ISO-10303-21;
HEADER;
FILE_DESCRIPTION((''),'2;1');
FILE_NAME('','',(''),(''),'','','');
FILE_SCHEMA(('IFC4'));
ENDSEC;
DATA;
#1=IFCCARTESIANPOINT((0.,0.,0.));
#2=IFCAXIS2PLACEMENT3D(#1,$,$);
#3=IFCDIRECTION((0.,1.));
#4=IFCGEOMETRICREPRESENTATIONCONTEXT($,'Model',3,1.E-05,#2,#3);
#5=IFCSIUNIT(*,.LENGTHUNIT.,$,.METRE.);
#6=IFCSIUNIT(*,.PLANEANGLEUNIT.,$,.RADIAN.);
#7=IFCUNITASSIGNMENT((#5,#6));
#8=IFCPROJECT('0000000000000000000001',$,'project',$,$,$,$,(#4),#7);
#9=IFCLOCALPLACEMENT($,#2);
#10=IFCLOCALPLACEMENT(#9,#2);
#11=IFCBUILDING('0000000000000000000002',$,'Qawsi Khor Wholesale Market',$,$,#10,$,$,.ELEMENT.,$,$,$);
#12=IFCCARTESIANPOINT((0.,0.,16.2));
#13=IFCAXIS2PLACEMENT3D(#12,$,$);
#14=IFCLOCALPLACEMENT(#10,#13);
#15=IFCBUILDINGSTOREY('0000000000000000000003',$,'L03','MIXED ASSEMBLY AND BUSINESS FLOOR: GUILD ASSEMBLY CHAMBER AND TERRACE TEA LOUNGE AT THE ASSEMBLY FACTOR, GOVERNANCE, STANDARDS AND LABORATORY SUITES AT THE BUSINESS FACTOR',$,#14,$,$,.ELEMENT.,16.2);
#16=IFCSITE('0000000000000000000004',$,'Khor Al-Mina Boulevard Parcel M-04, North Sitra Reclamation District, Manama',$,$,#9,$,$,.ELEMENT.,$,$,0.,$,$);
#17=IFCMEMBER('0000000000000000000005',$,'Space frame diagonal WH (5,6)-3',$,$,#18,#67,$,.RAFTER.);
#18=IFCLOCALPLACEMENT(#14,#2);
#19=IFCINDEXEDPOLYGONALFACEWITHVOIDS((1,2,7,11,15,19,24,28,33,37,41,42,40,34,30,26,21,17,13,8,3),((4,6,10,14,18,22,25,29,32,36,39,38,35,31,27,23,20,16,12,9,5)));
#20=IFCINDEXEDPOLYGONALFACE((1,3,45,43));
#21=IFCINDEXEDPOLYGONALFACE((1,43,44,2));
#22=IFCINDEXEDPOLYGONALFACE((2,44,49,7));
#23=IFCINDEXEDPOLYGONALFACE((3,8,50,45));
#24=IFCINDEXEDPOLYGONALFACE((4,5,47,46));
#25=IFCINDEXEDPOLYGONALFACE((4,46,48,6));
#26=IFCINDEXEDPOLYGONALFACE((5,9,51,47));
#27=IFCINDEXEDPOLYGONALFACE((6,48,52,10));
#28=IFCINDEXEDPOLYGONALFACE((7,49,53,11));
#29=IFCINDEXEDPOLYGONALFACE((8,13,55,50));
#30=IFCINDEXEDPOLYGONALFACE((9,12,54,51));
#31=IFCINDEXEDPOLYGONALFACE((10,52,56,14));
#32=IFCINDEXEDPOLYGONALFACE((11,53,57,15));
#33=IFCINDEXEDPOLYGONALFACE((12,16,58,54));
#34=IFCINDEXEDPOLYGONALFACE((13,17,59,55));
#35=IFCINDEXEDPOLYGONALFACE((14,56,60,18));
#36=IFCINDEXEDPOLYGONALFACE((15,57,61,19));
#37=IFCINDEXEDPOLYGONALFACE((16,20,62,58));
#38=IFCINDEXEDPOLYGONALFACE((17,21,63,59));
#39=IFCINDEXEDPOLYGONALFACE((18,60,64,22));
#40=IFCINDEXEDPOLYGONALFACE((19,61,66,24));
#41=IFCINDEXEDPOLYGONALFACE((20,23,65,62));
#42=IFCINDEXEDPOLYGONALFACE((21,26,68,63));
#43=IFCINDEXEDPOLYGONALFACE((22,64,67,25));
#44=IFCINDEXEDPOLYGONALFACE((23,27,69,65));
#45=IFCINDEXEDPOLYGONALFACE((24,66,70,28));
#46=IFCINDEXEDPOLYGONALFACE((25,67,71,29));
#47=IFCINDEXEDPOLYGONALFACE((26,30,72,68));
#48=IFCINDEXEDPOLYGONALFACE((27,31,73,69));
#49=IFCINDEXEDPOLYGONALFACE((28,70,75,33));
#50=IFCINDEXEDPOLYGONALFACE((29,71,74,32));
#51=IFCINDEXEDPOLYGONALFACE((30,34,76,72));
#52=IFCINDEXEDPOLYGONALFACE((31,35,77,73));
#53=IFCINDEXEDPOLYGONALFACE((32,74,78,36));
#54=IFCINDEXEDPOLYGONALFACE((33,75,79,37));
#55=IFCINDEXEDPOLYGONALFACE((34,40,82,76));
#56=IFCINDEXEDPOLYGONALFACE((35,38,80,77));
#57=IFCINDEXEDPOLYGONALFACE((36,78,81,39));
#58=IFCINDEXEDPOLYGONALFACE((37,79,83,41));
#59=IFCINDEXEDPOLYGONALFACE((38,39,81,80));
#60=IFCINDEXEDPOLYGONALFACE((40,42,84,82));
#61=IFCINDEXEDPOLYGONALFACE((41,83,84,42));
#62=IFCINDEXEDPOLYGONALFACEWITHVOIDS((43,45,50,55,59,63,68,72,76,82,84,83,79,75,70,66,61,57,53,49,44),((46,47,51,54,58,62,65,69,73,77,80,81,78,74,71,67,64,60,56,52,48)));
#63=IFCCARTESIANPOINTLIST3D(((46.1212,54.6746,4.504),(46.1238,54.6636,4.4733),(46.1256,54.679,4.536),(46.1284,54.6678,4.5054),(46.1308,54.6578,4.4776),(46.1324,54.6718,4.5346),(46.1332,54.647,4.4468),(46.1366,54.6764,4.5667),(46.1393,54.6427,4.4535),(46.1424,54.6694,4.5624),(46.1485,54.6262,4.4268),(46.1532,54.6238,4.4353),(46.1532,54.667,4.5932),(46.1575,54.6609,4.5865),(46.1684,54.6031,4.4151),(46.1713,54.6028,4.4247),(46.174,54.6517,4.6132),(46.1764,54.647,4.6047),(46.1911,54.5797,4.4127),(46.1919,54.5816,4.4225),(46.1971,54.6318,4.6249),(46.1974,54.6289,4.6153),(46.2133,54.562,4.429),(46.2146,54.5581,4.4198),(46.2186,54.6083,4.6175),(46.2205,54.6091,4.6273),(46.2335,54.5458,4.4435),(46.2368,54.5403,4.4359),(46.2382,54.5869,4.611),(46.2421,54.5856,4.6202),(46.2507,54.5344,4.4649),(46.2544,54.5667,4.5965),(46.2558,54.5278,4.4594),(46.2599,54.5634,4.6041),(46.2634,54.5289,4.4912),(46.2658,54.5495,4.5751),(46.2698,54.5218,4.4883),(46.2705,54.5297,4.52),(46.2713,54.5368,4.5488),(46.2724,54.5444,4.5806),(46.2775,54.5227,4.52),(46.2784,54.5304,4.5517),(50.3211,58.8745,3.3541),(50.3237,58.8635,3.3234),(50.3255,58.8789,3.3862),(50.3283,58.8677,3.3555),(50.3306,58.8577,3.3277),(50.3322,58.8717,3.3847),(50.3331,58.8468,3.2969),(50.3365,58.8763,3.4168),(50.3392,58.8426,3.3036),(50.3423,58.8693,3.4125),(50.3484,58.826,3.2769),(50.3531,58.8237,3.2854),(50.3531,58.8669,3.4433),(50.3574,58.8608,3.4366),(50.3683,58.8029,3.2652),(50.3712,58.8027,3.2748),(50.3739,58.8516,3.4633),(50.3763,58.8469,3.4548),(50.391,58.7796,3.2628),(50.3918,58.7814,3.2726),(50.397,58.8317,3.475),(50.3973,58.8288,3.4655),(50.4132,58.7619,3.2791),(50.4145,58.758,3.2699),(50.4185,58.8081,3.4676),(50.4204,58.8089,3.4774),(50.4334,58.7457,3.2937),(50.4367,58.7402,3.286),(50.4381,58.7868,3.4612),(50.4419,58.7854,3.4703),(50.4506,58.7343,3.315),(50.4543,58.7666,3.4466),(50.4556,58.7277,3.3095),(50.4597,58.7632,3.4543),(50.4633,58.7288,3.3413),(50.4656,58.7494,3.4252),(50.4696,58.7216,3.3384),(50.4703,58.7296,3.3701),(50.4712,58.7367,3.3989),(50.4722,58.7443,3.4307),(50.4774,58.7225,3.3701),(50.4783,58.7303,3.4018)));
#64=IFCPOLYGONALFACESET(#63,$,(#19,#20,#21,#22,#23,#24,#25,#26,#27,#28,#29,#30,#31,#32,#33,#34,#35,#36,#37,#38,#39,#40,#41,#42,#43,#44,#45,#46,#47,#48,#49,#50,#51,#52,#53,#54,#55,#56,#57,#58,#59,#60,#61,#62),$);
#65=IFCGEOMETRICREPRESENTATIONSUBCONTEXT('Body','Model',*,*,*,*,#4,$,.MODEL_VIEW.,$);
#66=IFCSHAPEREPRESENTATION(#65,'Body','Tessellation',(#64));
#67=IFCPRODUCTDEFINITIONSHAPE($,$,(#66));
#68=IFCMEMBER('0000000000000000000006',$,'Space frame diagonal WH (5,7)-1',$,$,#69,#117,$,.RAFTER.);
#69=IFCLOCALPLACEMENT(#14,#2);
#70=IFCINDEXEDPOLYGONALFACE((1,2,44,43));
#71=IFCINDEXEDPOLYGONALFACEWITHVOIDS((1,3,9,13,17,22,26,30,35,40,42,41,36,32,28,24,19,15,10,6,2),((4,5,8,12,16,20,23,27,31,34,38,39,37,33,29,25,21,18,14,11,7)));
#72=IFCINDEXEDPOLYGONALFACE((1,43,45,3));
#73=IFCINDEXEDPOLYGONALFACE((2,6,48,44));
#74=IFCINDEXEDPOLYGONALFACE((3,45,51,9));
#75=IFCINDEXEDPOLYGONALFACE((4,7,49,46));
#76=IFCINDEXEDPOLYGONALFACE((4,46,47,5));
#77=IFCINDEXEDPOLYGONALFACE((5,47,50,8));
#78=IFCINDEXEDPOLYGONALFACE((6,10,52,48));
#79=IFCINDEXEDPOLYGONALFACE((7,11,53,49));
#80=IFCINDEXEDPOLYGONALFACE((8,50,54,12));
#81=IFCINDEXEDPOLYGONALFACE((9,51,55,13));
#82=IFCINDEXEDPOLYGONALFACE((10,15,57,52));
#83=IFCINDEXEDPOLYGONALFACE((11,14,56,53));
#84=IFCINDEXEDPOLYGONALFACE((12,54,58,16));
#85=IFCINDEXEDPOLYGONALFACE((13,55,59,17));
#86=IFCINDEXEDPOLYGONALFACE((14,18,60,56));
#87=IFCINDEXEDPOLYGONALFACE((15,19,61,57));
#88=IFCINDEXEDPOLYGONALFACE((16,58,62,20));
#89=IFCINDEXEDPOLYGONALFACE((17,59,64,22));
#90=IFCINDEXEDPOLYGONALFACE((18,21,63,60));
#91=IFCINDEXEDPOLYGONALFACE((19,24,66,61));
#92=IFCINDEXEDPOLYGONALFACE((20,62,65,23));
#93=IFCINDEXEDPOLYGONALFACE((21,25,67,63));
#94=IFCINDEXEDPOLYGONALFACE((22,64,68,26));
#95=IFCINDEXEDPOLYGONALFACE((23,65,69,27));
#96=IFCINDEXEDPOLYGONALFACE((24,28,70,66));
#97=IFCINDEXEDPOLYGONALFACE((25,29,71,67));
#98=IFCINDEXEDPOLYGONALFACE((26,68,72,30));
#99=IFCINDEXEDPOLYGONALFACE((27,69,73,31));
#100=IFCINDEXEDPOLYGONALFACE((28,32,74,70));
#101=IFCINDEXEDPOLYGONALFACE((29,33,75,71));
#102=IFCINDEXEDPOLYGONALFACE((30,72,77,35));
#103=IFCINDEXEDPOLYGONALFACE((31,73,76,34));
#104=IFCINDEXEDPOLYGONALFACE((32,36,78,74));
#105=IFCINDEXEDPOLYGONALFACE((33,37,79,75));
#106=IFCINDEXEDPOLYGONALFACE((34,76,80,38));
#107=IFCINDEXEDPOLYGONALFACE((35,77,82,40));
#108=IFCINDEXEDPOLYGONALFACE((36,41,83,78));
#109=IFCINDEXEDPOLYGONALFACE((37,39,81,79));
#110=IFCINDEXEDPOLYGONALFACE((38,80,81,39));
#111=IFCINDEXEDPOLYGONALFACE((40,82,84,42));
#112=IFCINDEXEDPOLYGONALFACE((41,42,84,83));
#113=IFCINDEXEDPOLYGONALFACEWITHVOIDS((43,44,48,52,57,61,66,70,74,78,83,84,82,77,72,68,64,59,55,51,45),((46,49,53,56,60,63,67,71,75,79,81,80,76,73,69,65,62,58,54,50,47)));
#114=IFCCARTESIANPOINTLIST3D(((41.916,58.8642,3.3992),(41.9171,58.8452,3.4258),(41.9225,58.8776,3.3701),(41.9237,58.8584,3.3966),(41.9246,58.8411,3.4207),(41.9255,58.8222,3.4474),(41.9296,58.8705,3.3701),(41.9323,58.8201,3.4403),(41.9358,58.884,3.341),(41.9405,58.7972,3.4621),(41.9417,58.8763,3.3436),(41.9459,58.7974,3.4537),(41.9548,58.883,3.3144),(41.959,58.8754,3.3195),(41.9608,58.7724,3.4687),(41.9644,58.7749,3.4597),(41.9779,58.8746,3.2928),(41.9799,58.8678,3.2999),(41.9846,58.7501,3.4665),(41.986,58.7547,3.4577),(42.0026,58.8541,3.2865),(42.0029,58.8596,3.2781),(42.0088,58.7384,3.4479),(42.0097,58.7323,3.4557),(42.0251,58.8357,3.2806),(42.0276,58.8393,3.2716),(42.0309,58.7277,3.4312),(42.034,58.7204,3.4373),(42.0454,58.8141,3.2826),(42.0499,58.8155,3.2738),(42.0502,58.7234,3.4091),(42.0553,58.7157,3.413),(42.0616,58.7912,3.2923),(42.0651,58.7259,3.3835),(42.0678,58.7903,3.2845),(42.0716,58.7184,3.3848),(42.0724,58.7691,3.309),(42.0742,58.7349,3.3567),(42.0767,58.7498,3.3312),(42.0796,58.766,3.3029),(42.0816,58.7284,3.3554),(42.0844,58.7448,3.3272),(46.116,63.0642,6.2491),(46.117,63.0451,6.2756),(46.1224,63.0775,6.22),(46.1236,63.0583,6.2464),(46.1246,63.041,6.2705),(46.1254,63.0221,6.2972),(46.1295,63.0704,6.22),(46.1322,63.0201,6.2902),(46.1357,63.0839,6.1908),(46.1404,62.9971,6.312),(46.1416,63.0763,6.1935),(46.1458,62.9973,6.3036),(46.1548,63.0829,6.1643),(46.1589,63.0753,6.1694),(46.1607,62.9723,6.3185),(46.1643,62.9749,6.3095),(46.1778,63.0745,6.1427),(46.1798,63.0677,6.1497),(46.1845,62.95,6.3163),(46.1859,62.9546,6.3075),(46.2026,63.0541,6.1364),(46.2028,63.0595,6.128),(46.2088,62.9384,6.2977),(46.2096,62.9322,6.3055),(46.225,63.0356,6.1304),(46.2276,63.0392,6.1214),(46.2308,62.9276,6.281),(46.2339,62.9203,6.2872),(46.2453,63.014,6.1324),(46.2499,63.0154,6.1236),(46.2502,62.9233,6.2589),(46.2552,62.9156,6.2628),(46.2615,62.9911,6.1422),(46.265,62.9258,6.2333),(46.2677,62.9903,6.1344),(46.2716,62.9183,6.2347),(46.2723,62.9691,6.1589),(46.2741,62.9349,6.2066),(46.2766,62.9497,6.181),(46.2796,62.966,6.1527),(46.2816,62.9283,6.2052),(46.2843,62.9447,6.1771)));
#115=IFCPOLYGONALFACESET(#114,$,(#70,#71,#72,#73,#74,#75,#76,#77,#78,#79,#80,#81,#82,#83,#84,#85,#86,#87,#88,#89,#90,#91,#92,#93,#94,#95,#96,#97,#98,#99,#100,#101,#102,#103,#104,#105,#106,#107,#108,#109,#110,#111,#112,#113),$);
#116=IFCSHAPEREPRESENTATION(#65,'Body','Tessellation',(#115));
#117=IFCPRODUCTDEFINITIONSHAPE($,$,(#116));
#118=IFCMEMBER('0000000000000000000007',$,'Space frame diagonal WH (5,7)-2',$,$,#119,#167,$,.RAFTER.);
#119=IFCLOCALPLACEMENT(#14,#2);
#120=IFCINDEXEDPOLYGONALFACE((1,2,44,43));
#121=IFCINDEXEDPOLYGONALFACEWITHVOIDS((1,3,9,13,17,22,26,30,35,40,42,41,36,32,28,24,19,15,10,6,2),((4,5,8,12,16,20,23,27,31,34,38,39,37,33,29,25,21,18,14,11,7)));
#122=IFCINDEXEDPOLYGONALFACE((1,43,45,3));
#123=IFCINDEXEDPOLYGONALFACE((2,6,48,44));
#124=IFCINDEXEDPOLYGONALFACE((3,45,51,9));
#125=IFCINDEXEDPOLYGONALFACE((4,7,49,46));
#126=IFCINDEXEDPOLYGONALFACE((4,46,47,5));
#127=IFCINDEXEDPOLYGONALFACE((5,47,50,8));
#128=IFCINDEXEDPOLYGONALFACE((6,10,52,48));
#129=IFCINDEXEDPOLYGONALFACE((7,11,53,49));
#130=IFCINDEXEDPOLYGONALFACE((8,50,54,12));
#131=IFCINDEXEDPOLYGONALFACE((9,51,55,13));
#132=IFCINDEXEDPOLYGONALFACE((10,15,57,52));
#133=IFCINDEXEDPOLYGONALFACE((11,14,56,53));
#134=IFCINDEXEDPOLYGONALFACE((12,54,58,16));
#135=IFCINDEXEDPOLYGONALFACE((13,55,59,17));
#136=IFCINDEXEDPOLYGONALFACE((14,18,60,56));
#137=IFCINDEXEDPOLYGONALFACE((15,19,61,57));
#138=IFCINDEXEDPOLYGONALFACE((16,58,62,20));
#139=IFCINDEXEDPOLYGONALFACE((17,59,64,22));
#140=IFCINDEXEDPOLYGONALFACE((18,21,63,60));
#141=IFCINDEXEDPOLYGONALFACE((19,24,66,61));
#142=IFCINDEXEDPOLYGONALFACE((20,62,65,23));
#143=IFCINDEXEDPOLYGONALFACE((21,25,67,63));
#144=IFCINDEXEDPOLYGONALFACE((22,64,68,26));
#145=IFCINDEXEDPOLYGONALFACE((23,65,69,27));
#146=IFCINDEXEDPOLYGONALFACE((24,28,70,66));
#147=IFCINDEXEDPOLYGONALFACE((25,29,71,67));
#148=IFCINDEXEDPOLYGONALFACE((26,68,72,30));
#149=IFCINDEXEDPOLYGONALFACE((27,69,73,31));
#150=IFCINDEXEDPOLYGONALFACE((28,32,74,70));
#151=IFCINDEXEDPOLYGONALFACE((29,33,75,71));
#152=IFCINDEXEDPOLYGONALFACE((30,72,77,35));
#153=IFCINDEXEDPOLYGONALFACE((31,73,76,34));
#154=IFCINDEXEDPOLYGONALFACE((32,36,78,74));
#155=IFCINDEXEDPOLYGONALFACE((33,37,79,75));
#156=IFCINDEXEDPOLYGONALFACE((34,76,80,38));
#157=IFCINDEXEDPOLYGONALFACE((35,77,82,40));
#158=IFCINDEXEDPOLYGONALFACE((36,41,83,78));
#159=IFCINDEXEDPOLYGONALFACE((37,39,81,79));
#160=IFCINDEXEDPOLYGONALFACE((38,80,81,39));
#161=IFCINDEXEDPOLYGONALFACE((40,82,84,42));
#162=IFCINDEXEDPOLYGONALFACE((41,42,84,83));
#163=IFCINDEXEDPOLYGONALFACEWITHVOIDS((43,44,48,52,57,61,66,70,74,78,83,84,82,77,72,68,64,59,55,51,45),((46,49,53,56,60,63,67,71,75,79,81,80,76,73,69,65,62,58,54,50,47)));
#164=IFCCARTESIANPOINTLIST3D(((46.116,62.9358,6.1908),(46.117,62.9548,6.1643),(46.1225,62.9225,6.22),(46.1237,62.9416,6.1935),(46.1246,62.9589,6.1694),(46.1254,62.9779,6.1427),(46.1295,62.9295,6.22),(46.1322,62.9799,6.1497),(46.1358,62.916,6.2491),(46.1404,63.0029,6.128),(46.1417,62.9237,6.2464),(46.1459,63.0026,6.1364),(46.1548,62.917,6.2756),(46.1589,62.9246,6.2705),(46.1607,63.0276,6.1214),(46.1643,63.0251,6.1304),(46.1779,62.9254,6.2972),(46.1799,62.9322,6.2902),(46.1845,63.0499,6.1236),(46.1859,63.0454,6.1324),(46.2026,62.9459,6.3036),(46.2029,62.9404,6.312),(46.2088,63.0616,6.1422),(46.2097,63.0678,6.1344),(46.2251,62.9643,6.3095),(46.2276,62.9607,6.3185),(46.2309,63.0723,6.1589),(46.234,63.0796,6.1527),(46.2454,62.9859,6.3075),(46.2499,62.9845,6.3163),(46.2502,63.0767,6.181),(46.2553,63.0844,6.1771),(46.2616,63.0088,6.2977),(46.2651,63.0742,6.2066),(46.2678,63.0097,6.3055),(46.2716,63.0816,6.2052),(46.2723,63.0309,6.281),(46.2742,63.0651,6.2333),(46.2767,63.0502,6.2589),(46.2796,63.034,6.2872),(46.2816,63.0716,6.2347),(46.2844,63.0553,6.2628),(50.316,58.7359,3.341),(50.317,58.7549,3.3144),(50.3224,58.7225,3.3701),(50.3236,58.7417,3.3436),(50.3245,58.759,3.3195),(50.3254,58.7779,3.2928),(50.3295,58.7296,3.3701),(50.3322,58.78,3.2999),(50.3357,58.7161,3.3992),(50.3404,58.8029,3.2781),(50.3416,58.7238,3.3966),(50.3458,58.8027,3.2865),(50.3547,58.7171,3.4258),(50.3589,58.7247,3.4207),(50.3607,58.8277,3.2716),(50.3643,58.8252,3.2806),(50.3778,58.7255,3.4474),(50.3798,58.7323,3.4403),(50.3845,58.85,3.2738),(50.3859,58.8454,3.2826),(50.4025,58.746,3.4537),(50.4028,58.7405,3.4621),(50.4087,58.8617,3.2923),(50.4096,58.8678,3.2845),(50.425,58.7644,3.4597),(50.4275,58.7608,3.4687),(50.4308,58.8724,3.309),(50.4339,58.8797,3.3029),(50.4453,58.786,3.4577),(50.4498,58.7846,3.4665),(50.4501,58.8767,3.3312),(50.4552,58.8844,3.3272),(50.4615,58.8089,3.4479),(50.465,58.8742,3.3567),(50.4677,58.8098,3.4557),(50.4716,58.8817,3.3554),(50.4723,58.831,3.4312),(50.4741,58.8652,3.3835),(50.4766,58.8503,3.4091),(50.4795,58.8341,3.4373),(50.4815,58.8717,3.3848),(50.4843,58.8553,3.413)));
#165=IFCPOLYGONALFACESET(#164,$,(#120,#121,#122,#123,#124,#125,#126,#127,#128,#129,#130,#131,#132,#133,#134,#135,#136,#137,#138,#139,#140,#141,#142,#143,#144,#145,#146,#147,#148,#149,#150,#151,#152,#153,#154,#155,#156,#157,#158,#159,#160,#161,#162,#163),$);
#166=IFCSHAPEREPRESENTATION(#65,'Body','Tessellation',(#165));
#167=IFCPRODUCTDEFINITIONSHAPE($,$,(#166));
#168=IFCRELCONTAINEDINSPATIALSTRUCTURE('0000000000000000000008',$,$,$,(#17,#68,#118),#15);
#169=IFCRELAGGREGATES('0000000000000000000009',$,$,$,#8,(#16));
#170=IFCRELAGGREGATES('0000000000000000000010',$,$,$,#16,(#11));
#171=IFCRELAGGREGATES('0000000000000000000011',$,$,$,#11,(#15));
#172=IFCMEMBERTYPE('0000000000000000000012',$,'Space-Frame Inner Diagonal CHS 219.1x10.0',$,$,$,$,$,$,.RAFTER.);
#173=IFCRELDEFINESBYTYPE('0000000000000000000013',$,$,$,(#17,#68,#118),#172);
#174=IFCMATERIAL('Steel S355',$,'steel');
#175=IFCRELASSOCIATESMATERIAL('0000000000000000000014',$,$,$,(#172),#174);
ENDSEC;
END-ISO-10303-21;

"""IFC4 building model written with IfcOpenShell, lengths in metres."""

from ifc_helpers import new_model, si_unit, direction, frame, origin, origin_2d, place, context, subcontext, project, spatial, hollow_circle, extrude, material, material_profile, profile_set, type_object, element, save


model = new_model("IFC4")

# Units and contexts
model_context = context("Model", 3, precision=1e-05, world=origin(), true_north=direction((0.0, 1.0)))
body_context = subcontext(model_context, "Body", "Model", "MODEL_VIEW")
ifc_project = project(units=[si_unit("LENGTHUNIT", "METRE"), si_unit("PLANEANGLEUNIT", "RADIAN")], contexts=[model_context])

# Site, building, storey
site_placement = place(None, origin())
site = spatial("IfcSite", under=ifc_project, at=site_placement, Name="Khor Al-Mina Boulevard Parcel M-04, North Sitra Reclamation District, Manama", CompositionType="ELEMENT", RefElevation=0.0)
building_placement = place(site_placement, origin())
building = spatial("IfcBuilding", under=site, at=building_placement, Name="Qawsi Khor Wholesale Market", CompositionType="ELEMENT")
storey_placement = place(building_placement, frame((0.0, 0.0, 16.2)))
storey = spatial("IfcBuildingStorey", under=building, at=storey_placement, Name="L03", Description="MIXED ASSEMBLY AND BUSINESS FLOOR: GUILD ASSEMBLY CHAMBER AND TERRACE TEA LOUNGE AT THE ASSEMBLY FACTOR, GOVERNANCE, STANDARDS AND LABORATORY SUITES AT THE BUSINESS FACTOR", CompositionType="ELEMENT", Elevation=16.2)

# Members
ifc_material_1 = material(Name="Steel S355", Category="steel")
ifc_material_profile_1 = material_profile(ifc_material_1, hollow_circle(Radius=0.1096, WallThickness=0.01, at=origin_2d()), Name="CHS 219.1x10.0")
ifc_profile_set_1 = profile_set([ifc_material_profile_1], Name="Steel S355")
member_type_1 = type_object("IfcMemberType", Name="Space-Frame Inner Diagonal CHS 219.1x10.0", PredefinedType="RAFTER", material=ifc_profile_set_1)
member_1_placement = place(storey_placement, frame((50.3999, 58.8, 3.3701), z_axis=(-0.694217, -0.694217, 0.190069), x_axis=(0.707107, -0.707107, 0.0)))
element("IfcMember", 1, at=member_1_placement, inside=storey, type_object=member_type_1, Name="Space frame diagonal WH (5,6)-3", PredefinedType="RAFTER", context=body_context, shape_type="SweptSolid", body=[
    extrude(hollow_circle(Radius=0.1096, WallThickness=0.01, at=origin_2d()), origin(), (0.0, 0.0, 1.0), 6.0498),
])
for number, where, z_axis, x_axis, name in (
    (2, (42.0, 58.8, 3.3701), (0.637522, 0.637522, 0.432587), (-0.707107, 0.707107, 0.0), "Space frame diagonal WH (5,7)-1"),
    (3, (50.3999, 58.8, 3.3701), (-0.637522, 0.637522, 0.432587), (-0.707107, -0.707107, 0.0), "Space frame diagonal WH (5,7)-2"),
):
    element("IfcMember", number, at=place(storey_placement, frame(where, z_axis=z_axis, x_axis=x_axis)), inside=storey, type_object=member_type_1, Name=name, PredefinedType="RAFTER", context=body_context, shape_type="SweptSolid", body=[
        extrude(hollow_circle(Radius=0.1096, WallThickness=0.01, at=origin_2d()), origin(), (0.0, 0.0, 1.0), 6.5879),
    ])

save(model, "model.ifc")
